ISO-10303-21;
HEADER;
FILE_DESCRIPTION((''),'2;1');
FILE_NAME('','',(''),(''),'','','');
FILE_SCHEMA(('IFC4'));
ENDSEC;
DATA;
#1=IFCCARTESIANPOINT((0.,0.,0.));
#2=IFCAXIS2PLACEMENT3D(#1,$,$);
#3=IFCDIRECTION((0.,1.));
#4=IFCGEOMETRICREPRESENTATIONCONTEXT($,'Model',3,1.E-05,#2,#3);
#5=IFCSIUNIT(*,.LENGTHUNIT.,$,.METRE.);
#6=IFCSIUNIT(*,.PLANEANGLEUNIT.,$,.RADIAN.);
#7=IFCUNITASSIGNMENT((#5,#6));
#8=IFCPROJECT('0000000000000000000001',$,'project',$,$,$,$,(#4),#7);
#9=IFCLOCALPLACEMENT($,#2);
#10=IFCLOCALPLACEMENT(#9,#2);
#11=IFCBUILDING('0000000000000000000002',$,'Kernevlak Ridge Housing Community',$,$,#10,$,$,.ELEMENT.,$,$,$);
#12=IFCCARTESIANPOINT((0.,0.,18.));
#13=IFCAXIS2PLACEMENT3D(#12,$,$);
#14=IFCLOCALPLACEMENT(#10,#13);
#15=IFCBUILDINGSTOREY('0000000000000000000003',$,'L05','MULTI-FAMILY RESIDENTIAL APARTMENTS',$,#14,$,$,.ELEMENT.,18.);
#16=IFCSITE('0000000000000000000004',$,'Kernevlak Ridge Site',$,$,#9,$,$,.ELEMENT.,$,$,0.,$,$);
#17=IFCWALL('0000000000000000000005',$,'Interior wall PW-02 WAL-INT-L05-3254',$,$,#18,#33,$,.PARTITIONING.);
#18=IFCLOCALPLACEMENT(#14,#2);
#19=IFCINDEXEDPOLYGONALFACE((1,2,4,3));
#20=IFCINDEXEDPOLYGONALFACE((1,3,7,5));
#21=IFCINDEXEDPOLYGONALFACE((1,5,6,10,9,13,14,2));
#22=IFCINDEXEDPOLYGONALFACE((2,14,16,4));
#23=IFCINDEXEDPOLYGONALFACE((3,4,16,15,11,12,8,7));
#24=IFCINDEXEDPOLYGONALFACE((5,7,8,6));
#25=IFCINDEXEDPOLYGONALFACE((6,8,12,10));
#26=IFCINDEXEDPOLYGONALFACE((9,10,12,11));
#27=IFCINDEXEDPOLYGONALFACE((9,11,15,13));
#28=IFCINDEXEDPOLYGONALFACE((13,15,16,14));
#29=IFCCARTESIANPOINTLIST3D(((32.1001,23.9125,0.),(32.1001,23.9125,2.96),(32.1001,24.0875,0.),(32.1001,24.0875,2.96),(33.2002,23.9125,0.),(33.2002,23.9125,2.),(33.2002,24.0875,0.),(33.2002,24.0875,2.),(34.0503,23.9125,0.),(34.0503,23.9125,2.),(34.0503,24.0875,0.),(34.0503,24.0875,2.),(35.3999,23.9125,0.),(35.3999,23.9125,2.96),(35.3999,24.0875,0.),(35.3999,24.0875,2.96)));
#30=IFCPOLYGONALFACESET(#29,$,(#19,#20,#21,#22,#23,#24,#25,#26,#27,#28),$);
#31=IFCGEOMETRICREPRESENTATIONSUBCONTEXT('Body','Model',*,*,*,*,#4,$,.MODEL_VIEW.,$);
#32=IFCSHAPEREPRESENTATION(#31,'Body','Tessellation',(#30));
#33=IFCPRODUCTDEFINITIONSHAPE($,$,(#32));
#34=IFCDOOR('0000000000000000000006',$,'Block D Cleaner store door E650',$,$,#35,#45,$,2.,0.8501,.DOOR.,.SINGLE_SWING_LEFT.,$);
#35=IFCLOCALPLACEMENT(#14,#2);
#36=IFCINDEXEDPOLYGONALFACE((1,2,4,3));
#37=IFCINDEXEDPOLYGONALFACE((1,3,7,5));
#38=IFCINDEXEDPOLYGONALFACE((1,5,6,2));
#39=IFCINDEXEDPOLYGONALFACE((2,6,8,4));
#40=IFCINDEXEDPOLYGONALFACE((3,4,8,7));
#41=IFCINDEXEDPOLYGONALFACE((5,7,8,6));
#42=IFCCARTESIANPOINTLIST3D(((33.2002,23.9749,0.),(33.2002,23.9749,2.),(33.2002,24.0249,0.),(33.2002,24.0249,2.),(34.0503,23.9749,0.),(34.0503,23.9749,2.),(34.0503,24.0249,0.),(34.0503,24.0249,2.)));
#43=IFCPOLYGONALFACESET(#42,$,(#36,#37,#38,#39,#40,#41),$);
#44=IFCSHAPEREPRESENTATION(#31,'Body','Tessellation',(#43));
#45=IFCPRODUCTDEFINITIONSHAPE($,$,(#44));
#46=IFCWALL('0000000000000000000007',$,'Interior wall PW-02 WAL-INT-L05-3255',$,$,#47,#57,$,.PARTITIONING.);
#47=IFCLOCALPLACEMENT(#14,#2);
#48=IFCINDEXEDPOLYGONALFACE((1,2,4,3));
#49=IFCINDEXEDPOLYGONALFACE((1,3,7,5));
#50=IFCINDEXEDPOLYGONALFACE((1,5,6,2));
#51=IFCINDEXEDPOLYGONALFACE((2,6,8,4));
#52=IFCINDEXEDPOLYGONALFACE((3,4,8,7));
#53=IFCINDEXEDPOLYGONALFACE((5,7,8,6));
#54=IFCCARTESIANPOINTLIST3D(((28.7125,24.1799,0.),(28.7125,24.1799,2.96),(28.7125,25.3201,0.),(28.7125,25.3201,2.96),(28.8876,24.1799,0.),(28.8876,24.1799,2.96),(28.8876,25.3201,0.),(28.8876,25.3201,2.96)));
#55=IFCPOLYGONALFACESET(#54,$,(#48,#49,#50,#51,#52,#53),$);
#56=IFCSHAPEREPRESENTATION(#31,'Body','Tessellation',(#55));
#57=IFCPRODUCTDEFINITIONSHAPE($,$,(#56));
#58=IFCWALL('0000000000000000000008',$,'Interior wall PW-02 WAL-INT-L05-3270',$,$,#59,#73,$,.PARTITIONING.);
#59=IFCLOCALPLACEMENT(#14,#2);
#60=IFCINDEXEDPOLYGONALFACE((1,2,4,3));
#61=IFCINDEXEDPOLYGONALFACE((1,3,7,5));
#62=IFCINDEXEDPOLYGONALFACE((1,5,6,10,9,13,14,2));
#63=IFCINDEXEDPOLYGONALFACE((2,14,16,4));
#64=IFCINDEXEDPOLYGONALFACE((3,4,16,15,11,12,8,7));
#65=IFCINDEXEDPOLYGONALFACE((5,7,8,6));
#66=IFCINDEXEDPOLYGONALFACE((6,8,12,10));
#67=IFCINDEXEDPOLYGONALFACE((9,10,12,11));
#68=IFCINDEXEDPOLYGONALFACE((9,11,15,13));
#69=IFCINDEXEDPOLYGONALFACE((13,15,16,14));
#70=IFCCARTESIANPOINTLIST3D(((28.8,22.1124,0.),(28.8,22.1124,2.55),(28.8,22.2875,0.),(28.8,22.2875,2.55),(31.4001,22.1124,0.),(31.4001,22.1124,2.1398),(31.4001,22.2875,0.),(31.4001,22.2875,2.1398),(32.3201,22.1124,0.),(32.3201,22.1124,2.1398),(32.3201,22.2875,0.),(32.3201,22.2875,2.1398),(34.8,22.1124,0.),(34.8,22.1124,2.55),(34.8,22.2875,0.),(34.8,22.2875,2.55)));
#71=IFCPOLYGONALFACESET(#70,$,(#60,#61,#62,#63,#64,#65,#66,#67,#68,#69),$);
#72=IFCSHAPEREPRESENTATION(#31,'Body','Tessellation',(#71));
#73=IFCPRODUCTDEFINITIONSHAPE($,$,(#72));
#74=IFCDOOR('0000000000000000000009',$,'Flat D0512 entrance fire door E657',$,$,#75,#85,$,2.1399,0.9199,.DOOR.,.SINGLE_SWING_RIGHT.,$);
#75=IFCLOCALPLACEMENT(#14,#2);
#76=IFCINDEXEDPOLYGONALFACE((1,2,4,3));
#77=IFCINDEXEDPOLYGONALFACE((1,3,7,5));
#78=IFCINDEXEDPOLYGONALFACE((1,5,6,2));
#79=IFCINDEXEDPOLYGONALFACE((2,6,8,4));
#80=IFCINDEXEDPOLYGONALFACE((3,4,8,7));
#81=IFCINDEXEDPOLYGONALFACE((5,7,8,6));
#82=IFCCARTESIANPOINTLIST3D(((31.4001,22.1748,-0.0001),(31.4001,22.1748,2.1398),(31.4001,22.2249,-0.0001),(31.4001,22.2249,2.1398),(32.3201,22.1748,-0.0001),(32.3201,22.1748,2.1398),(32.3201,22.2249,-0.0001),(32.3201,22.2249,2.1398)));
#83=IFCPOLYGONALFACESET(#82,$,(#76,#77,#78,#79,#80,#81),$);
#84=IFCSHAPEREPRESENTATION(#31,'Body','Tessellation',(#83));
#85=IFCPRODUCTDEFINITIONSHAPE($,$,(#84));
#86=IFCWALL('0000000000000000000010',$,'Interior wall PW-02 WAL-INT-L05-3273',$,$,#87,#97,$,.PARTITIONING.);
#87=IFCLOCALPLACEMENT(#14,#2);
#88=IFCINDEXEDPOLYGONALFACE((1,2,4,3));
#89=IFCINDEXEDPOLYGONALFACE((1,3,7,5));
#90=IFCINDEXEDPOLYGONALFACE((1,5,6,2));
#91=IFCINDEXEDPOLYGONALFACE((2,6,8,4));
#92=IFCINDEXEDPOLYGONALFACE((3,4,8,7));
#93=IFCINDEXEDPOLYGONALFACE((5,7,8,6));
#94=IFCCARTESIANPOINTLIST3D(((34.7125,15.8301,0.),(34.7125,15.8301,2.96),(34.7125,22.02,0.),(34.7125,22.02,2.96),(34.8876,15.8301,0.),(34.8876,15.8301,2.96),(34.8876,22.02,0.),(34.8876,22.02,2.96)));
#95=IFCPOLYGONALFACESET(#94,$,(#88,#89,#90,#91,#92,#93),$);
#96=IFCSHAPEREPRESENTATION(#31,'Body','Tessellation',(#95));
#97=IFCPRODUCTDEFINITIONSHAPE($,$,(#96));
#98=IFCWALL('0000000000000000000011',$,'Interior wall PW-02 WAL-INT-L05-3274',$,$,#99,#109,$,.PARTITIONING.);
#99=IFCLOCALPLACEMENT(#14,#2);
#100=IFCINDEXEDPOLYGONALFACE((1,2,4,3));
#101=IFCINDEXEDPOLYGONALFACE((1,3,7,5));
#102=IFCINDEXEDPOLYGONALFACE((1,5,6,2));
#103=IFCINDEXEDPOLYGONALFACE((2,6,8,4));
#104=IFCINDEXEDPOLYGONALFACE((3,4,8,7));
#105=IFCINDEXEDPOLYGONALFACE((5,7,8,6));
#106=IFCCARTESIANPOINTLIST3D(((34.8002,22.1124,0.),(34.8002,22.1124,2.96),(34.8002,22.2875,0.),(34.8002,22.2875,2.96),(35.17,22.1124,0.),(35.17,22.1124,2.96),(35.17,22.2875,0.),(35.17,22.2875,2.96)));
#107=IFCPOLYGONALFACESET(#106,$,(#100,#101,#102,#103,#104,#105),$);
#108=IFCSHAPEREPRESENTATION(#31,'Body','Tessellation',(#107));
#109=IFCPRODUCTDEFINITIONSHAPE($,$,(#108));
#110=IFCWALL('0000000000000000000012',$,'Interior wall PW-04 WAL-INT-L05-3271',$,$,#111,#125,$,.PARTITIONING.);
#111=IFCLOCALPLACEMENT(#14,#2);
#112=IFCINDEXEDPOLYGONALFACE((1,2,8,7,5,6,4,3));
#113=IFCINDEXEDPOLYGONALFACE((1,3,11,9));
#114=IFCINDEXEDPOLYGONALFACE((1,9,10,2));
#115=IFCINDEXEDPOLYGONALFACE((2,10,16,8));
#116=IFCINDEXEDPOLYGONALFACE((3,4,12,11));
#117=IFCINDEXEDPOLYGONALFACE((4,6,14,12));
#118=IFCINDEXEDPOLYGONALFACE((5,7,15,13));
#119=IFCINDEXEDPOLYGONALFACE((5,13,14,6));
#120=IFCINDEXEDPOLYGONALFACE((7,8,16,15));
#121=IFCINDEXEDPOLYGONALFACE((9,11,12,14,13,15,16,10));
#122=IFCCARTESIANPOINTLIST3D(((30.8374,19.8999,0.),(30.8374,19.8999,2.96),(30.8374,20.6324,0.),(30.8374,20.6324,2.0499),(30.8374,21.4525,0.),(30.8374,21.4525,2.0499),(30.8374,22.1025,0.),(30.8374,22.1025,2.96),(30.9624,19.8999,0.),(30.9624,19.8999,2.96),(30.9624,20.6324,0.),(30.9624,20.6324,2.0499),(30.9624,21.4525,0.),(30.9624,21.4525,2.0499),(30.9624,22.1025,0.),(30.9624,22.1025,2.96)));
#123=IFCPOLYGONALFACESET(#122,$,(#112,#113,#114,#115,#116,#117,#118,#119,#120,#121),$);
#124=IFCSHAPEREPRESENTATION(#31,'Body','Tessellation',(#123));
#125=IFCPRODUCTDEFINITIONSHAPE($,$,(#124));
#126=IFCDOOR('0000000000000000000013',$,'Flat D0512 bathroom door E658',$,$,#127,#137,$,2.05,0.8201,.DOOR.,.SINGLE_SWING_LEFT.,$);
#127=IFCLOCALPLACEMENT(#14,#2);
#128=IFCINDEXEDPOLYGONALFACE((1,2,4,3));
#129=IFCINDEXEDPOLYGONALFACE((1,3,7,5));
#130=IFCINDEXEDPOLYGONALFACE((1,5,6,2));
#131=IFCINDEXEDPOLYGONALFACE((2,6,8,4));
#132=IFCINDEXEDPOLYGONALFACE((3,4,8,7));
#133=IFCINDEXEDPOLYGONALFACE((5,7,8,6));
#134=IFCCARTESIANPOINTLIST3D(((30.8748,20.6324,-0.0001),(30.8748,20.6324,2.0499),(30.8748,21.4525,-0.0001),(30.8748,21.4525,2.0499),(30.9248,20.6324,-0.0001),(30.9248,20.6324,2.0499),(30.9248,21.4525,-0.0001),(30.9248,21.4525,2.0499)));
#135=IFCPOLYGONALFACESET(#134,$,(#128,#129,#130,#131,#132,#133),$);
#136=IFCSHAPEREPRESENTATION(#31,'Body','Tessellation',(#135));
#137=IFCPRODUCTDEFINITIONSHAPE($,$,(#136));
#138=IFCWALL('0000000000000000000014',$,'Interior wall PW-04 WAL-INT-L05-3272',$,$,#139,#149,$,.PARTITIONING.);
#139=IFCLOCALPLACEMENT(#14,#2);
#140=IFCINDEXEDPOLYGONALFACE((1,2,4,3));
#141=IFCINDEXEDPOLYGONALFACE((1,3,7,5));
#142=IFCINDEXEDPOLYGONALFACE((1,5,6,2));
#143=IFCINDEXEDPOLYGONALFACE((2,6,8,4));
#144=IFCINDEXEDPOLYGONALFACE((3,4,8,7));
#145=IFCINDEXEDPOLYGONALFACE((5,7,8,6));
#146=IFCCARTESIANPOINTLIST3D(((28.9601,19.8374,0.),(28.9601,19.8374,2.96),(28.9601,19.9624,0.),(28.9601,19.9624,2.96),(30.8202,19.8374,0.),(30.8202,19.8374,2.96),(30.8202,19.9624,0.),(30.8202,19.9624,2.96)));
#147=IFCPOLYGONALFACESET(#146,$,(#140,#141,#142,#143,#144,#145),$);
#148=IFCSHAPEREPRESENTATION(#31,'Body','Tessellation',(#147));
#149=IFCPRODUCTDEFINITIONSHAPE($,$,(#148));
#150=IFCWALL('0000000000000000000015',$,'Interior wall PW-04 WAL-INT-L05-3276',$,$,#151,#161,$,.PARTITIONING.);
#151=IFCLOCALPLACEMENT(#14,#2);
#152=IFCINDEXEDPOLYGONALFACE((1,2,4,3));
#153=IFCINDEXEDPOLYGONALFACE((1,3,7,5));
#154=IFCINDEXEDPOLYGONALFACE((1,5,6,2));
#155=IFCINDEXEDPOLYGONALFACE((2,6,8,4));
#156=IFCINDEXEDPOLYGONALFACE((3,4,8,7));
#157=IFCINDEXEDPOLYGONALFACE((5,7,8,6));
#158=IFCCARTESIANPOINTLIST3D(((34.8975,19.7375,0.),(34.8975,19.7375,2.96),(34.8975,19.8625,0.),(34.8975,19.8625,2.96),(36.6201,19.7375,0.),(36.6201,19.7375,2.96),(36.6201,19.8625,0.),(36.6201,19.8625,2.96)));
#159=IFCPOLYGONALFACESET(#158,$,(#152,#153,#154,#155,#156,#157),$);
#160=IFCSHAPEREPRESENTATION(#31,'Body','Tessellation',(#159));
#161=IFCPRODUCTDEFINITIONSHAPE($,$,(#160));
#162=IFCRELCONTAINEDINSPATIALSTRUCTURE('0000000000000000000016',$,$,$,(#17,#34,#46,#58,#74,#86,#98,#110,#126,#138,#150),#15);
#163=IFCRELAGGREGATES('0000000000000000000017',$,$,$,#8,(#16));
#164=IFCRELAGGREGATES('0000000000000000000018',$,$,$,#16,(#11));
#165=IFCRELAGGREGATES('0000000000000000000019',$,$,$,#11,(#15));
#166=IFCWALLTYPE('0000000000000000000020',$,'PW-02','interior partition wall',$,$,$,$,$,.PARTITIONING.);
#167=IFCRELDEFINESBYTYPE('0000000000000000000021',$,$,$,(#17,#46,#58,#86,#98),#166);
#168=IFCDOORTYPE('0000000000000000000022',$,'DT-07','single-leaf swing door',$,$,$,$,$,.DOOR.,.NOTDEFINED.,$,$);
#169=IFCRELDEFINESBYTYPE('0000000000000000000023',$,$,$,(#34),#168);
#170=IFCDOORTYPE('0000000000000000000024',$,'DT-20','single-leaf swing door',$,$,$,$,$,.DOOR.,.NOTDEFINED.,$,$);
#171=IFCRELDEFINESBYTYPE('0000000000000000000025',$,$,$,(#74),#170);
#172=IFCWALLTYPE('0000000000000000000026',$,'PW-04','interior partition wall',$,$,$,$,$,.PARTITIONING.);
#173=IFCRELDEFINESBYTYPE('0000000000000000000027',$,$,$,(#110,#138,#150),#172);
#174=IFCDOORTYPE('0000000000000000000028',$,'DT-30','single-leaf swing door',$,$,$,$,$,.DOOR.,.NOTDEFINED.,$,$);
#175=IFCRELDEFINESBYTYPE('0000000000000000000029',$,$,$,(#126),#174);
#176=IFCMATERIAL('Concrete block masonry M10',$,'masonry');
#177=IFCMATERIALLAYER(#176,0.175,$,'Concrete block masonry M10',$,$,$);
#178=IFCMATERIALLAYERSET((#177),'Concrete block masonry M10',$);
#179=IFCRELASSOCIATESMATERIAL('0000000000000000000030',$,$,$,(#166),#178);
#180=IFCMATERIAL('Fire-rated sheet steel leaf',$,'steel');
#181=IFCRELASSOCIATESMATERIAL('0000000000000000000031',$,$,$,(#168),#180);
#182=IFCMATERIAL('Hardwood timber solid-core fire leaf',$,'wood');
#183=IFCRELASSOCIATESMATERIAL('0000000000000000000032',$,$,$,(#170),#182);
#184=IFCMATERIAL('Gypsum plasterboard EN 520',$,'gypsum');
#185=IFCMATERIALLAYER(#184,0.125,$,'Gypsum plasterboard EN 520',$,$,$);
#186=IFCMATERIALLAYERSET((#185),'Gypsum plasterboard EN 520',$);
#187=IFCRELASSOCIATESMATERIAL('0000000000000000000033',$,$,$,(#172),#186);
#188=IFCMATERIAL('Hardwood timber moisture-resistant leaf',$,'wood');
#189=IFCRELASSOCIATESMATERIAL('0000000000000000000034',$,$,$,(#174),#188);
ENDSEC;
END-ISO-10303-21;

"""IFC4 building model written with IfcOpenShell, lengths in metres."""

from ifc_helpers import new_model, si_unit, direction, frame, frame_2d, origin, place, context, subcontext, project, spatial, rectangle, extrude, material, layer, layer_set, type_object, element, fill, save


model = new_model("IFC4")

# Units and contexts
model_context = context("Model", 3, precision=1e-05, world=origin(), true_north=direction((0.0, 1.0)))
body_context = subcontext(model_context, "Body", "Model", "MODEL_VIEW")
ifc_project = project(units=[si_unit("LENGTHUNIT", "METRE"), si_unit("PLANEANGLEUNIT", "RADIAN")], contexts=[model_context])

# Site, building, storey
site_placement = place(None, origin())
site = spatial("IfcSite", under=ifc_project, at=site_placement, Name="Kernevlak Ridge Site", CompositionType="ELEMENT", RefElevation=0.0)
building_placement = place(site_placement, origin())
building = spatial("IfcBuilding", under=site, at=building_placement, Name="Kernevlak Ridge Housing Community", CompositionType="ELEMENT")
storey_placement = place(building_placement, frame((0.0, 0.0, 18.0)))
storey = spatial("IfcBuildingStorey", under=building, at=storey_placement, Name="L05", Description="MULTI-FAMILY RESIDENTIAL APARTMENTS", CompositionType="ELEMENT", Elevation=18.0)

# Shared definitions
ifc_material_1 = material(Name="Concrete block masonry M10", Category="masonry")

# Wall, opening, door
ifc_layer_1 = layer(ifc_material_1, 0.175, Name="Concrete block masonry M10")
ifc_layer_set_1 = layer_set([ifc_layer_1], Name="Concrete block masonry M10")
wall_type_1 = type_object("IfcWallType", Name="PW-02", Description="interior partition wall", PredefinedType="PARTITIONING", material=ifc_layer_set_1)
ifc_material_2 = material(Name="Fire-rated sheet steel leaf", Category="steel")
wall_1_placement = place(storey_placement, frame((32.1001, 24.0, 0.0), z_axis=(0.0, 0.0, 1.0), x_axis=(1.0, 0.0, 0.0)))
wall_1 = element("IfcWall", 1, at=wall_1_placement, inside=storey, type_object=wall_type_1, Name="Interior wall PW-02 WAL-INT-L05-3254", PredefinedType="PARTITIONING", context=body_context, shape_type="SweptSolid", body=[
    extrude(rectangle(XDim=3.2998, YDim=0.175, at=frame_2d((1.6499, 0.0))), origin(), (0.0, 0.0, 1.0), 2.96),
])
opening_1_placement = place(wall_1_placement, frame((1.1001, 0.0, 0.0)))
opening_1 = element("IfcOpeningElement", 2, at=opening_1_placement, cuts=wall_1, PredefinedType="OPENING", context=body_context, shape_type="SweptSolid", body=[
    extrude(rectangle(XDim=0.8501, YDim=2.0, at=frame_2d((0.425, 1.0))), frame((0.0, 0.0974, 0.0), z_axis=(0.0, -1.0, 0.0), x_axis=(1.0, 0.0, 0.0)), (0.0, 0.0, 1.0), 0.1951),
])
door_type_1 = type_object("IfcDoorType", Name="DT-07", Description="single-leaf swing door", OperationType="NOTDEFINED", PredefinedType="DOOR", material=ifc_material_2)
door_1_placement = place(opening_1_placement, origin())
door_1 = element("IfcDoor", 3, at=door_1_placement, inside=storey, type_object=door_type_1, Name="Block D Cleaner store door E650", OperationType="SINGLE_SWING_LEFT", OverallHeight=2.0, OverallWidth=0.8501, PredefinedType="DOOR", context=body_context, shape_type="SweptSolid", body=[
    extrude(rectangle(XDim=0.8501, YDim=2.0, at=frame_2d((0.425, 1.0))), frame((0.0, 0.0249, 0.0), z_axis=(0.0, -1.0, 0.0), x_axis=(1.0, 0.0, 0.0)), (0.0, 0.0, 1.0), 0.05),
])
fill(opening_1, door_1)

# Wall
wall_2_placement = place(storey_placement, frame((28.8, 24.1799, 0.0), z_axis=(0.0, 0.0, 1.0), x_axis=(0.0, 1.0, 0.0)))
element("IfcWall", 4, at=wall_2_placement, inside=storey, type_object=wall_type_1, Name="Interior wall PW-02 WAL-INT-L05-3255", PredefinedType="PARTITIONING", context=body_context, shape_type="SweptSolid", body=[
    extrude(rectangle(XDim=1.1401, YDim=0.175, at=frame_2d((0.5701, 0.0))), origin(), (0.0, 0.0, 1.0), 2.96),
])

# Wall, opening, door
wall_3_placement = place(storey_placement, frame((28.8, 22.2, 0.0), z_axis=(0.0, 0.0, 1.0), x_axis=(1.0, 0.0, 0.0)))
wall_3 = element("IfcWall", 5, at=wall_3_placement, inside=storey, type_object=wall_type_1, Name="Interior wall PW-02 WAL-INT-L05-3270", PredefinedType="PARTITIONING", context=body_context, shape_type="SweptSolid", body=[
    extrude(rectangle(XDim=6.0, YDim=0.175, at=frame_2d((3.0, 0.0))), origin(), (0.0, 0.0, 1.0), 2.55),
])
opening_2_placement = place(wall_3_placement, frame((2.6001, 0.0, 0.0)))
opening_2 = element("IfcOpeningElement", 6, at=opening_2_placement, cuts=wall_3, PredefinedType="OPENING", context=body_context, shape_type="SweptSolid", body=[
    extrude(rectangle(XDim=0.9199, YDim=2.1399, at=frame_2d((0.46, 1.0698))), frame((0.0, 0.0974, 0.0), z_axis=(0.0, -1.0, 0.0), x_axis=(1.0, 0.0, 0.0)), (0.0, 0.0, 1.0), 0.1951),
])
ifc_material_3 = material(Name="Hardwood timber solid-core fire leaf", Category="wood")
door_type_2 = type_object("IfcDoorType", Name="DT-20", Description="single-leaf swing door", OperationType="NOTDEFINED", PredefinedType="DOOR", material=ifc_material_3)
door_2_placement = place(opening_2_placement, origin())
door_2 = element("IfcDoor", 7, at=door_2_placement, inside=storey, type_object=door_type_2, Name="Flat D0512 entrance fire door E657", OperationType="SINGLE_SWING_RIGHT", OverallHeight=2.1399, OverallWidth=0.9199, PredefinedType="DOOR", context=body_context, shape_type="SweptSolid", body=[
    extrude(rectangle(XDim=0.9199, YDim=2.1399, at=frame_2d((0.46, 1.0698))), frame((0.0, 0.0249, 0.0), z_axis=(0.0, -1.0, 0.0), x_axis=(1.0, 0.0, 0.0)), (0.0, 0.0, 1.0), 0.05),
])
fill(opening_2, door_2)

# Walls
wall_4_placement = place(storey_placement, frame((34.8, 22.02, 0.0), z_axis=(0.0, 0.0, 1.0), x_axis=(0.0, -1.0, 0.0)))
element("IfcWall", 8, at=wall_4_placement, inside=storey, type_object=wall_type_1, Name="Interior wall PW-02 WAL-INT-L05-3273", PredefinedType="PARTITIONING", context=body_context, shape_type="SweptSolid", body=[
    extrude(rectangle(XDim=6.1899, YDim=0.175, at=frame_2d((3.095, 0.0))), origin(), (0.0, 0.0, 1.0), 2.96),
])
wall_5_placement = place(storey_placement, frame((34.8, 22.2, 0.0), z_axis=(0.0, 0.0, 1.0), x_axis=(1.0, 0.0, 0.0)))
element("IfcWall", 9, at=wall_5_placement, inside=storey, type_object=wall_type_1, Name="Interior wall PW-02 WAL-INT-L05-3274", PredefinedType="PARTITIONING", context=body_context, shape_type="SweptSolid", body=[
    extrude(rectangle(XDim=0.3699, YDim=0.175, at=frame_2d((0.1851, 0.0))), origin(), (0.0, 0.0, 1.0), 2.96),
])

# Wall, opening, door
ifc_material_4 = material(Name="Gypsum plasterboard EN 520", Category="gypsum")
ifc_layer_2 = layer(ifc_material_4, 0.125, Name="Gypsum plasterboard EN 520")
ifc_layer_set_2 = layer_set([ifc_layer_2], Name="Gypsum plasterboard EN 520")
wall_type_2 = type_object("IfcWallType", Name="PW-04", Description="interior partition wall", PredefinedType="PARTITIONING", material=ifc_layer_set_2)
wall_6_placement = place(storey_placement, frame((30.8999, 22.1025, 0.0), z_axis=(0.0, 0.0, 1.0), x_axis=(0.0, -1.0, 0.0)))
wall_6 = element("IfcWall", 10, at=wall_6_placement, inside=storey, type_object=wall_type_2, Name="Interior wall PW-04 WAL-INT-L05-3271", PredefinedType="PARTITIONING", context=body_context, shape_type="SweptSolid", body=[
    extrude(rectangle(XDim=2.2026, YDim=0.125, at=frame_2d((1.1013, 0.0))), origin(), (0.0, 0.0, 1.0), 2.96),
])
opening_3_placement = place(wall_6_placement, frame((0.6499, 0.0, 0.0)))
opening_3 = element("IfcOpeningElement", 11, at=opening_3_placement, cuts=wall_6, PredefinedType="OPENING", context=body_context, shape_type="SweptSolid", body=[
    extrude(rectangle(XDim=0.8201, YDim=2.05, at=frame_2d((0.4102, 1.0249))), frame((0.0, 0.0725, 0.0), z_axis=(0.0, -1.0, 0.0), x_axis=(1.0, 0.0, 0.0)), (0.0, 0.0, 1.0), 0.145),
])
ifc_material_5 = material(Name="Hardwood timber moisture-resistant leaf", Category="wood")
door_type_3 = type_object("IfcDoorType", Name="DT-30", Description="single-leaf swing door", OperationType="NOTDEFINED", PredefinedType="DOOR", material=ifc_material_5)
door_3_placement = place(opening_3_placement, origin())
door_3 = element("IfcDoor", 12, at=door_3_placement, inside=storey, type_object=door_type_3, Name="Flat D0512 bathroom door E658", OperationType="SINGLE_SWING_LEFT", OverallHeight=2.05, OverallWidth=0.8201, PredefinedType="DOOR", context=body_context, shape_type="SweptSolid", body=[
    extrude(rectangle(XDim=0.8201, YDim=2.05, at=frame_2d((0.4102, 1.0249))), frame((0.0, 0.0249, 0.0), z_axis=(0.0, -1.0, 0.0), x_axis=(1.0, 0.0, 0.0)), (0.0, 0.0, 1.0), 0.05),
])
fill(opening_3, door_3)

# Walls
wall_7_placement = place(storey_placement, frame((28.96, 19.8999, 0.0), z_axis=(0.0, 0.0, 1.0), x_axis=(1.0, 0.0, 0.0)))
element("IfcWall", 13, at=wall_7_placement, inside=storey, type_object=wall_type_2, Name="Interior wall PW-04 WAL-INT-L05-3272", PredefinedType="PARTITIONING", context=body_context, shape_type="SweptSolid", body=[
    extrude(rectangle(XDim=1.8601, YDim=0.125, at=frame_2d((0.9302, 0.0))), origin(), (0.0, 0.0, 1.0), 2.96),
])
wall_8_placement = place(storey_placement, frame((34.8975, 19.8, 0.0), z_axis=(0.0, 0.0, 1.0), x_axis=(1.0, 0.0, 0.0)))
element("IfcWall", 14, at=wall_8_placement, inside=storey, type_object=wall_type_2, Name="Interior wall PW-04 WAL-INT-L05-3276", PredefinedType="PARTITIONING", context=body_context, shape_type="SweptSolid", body=[
    extrude(rectangle(XDim=1.7227, YDim=0.125, at=frame_2d((0.8613, 0.0))), origin(), (0.0, 0.0, 1.0), 2.96),
])

save(model, "model.ifc")
